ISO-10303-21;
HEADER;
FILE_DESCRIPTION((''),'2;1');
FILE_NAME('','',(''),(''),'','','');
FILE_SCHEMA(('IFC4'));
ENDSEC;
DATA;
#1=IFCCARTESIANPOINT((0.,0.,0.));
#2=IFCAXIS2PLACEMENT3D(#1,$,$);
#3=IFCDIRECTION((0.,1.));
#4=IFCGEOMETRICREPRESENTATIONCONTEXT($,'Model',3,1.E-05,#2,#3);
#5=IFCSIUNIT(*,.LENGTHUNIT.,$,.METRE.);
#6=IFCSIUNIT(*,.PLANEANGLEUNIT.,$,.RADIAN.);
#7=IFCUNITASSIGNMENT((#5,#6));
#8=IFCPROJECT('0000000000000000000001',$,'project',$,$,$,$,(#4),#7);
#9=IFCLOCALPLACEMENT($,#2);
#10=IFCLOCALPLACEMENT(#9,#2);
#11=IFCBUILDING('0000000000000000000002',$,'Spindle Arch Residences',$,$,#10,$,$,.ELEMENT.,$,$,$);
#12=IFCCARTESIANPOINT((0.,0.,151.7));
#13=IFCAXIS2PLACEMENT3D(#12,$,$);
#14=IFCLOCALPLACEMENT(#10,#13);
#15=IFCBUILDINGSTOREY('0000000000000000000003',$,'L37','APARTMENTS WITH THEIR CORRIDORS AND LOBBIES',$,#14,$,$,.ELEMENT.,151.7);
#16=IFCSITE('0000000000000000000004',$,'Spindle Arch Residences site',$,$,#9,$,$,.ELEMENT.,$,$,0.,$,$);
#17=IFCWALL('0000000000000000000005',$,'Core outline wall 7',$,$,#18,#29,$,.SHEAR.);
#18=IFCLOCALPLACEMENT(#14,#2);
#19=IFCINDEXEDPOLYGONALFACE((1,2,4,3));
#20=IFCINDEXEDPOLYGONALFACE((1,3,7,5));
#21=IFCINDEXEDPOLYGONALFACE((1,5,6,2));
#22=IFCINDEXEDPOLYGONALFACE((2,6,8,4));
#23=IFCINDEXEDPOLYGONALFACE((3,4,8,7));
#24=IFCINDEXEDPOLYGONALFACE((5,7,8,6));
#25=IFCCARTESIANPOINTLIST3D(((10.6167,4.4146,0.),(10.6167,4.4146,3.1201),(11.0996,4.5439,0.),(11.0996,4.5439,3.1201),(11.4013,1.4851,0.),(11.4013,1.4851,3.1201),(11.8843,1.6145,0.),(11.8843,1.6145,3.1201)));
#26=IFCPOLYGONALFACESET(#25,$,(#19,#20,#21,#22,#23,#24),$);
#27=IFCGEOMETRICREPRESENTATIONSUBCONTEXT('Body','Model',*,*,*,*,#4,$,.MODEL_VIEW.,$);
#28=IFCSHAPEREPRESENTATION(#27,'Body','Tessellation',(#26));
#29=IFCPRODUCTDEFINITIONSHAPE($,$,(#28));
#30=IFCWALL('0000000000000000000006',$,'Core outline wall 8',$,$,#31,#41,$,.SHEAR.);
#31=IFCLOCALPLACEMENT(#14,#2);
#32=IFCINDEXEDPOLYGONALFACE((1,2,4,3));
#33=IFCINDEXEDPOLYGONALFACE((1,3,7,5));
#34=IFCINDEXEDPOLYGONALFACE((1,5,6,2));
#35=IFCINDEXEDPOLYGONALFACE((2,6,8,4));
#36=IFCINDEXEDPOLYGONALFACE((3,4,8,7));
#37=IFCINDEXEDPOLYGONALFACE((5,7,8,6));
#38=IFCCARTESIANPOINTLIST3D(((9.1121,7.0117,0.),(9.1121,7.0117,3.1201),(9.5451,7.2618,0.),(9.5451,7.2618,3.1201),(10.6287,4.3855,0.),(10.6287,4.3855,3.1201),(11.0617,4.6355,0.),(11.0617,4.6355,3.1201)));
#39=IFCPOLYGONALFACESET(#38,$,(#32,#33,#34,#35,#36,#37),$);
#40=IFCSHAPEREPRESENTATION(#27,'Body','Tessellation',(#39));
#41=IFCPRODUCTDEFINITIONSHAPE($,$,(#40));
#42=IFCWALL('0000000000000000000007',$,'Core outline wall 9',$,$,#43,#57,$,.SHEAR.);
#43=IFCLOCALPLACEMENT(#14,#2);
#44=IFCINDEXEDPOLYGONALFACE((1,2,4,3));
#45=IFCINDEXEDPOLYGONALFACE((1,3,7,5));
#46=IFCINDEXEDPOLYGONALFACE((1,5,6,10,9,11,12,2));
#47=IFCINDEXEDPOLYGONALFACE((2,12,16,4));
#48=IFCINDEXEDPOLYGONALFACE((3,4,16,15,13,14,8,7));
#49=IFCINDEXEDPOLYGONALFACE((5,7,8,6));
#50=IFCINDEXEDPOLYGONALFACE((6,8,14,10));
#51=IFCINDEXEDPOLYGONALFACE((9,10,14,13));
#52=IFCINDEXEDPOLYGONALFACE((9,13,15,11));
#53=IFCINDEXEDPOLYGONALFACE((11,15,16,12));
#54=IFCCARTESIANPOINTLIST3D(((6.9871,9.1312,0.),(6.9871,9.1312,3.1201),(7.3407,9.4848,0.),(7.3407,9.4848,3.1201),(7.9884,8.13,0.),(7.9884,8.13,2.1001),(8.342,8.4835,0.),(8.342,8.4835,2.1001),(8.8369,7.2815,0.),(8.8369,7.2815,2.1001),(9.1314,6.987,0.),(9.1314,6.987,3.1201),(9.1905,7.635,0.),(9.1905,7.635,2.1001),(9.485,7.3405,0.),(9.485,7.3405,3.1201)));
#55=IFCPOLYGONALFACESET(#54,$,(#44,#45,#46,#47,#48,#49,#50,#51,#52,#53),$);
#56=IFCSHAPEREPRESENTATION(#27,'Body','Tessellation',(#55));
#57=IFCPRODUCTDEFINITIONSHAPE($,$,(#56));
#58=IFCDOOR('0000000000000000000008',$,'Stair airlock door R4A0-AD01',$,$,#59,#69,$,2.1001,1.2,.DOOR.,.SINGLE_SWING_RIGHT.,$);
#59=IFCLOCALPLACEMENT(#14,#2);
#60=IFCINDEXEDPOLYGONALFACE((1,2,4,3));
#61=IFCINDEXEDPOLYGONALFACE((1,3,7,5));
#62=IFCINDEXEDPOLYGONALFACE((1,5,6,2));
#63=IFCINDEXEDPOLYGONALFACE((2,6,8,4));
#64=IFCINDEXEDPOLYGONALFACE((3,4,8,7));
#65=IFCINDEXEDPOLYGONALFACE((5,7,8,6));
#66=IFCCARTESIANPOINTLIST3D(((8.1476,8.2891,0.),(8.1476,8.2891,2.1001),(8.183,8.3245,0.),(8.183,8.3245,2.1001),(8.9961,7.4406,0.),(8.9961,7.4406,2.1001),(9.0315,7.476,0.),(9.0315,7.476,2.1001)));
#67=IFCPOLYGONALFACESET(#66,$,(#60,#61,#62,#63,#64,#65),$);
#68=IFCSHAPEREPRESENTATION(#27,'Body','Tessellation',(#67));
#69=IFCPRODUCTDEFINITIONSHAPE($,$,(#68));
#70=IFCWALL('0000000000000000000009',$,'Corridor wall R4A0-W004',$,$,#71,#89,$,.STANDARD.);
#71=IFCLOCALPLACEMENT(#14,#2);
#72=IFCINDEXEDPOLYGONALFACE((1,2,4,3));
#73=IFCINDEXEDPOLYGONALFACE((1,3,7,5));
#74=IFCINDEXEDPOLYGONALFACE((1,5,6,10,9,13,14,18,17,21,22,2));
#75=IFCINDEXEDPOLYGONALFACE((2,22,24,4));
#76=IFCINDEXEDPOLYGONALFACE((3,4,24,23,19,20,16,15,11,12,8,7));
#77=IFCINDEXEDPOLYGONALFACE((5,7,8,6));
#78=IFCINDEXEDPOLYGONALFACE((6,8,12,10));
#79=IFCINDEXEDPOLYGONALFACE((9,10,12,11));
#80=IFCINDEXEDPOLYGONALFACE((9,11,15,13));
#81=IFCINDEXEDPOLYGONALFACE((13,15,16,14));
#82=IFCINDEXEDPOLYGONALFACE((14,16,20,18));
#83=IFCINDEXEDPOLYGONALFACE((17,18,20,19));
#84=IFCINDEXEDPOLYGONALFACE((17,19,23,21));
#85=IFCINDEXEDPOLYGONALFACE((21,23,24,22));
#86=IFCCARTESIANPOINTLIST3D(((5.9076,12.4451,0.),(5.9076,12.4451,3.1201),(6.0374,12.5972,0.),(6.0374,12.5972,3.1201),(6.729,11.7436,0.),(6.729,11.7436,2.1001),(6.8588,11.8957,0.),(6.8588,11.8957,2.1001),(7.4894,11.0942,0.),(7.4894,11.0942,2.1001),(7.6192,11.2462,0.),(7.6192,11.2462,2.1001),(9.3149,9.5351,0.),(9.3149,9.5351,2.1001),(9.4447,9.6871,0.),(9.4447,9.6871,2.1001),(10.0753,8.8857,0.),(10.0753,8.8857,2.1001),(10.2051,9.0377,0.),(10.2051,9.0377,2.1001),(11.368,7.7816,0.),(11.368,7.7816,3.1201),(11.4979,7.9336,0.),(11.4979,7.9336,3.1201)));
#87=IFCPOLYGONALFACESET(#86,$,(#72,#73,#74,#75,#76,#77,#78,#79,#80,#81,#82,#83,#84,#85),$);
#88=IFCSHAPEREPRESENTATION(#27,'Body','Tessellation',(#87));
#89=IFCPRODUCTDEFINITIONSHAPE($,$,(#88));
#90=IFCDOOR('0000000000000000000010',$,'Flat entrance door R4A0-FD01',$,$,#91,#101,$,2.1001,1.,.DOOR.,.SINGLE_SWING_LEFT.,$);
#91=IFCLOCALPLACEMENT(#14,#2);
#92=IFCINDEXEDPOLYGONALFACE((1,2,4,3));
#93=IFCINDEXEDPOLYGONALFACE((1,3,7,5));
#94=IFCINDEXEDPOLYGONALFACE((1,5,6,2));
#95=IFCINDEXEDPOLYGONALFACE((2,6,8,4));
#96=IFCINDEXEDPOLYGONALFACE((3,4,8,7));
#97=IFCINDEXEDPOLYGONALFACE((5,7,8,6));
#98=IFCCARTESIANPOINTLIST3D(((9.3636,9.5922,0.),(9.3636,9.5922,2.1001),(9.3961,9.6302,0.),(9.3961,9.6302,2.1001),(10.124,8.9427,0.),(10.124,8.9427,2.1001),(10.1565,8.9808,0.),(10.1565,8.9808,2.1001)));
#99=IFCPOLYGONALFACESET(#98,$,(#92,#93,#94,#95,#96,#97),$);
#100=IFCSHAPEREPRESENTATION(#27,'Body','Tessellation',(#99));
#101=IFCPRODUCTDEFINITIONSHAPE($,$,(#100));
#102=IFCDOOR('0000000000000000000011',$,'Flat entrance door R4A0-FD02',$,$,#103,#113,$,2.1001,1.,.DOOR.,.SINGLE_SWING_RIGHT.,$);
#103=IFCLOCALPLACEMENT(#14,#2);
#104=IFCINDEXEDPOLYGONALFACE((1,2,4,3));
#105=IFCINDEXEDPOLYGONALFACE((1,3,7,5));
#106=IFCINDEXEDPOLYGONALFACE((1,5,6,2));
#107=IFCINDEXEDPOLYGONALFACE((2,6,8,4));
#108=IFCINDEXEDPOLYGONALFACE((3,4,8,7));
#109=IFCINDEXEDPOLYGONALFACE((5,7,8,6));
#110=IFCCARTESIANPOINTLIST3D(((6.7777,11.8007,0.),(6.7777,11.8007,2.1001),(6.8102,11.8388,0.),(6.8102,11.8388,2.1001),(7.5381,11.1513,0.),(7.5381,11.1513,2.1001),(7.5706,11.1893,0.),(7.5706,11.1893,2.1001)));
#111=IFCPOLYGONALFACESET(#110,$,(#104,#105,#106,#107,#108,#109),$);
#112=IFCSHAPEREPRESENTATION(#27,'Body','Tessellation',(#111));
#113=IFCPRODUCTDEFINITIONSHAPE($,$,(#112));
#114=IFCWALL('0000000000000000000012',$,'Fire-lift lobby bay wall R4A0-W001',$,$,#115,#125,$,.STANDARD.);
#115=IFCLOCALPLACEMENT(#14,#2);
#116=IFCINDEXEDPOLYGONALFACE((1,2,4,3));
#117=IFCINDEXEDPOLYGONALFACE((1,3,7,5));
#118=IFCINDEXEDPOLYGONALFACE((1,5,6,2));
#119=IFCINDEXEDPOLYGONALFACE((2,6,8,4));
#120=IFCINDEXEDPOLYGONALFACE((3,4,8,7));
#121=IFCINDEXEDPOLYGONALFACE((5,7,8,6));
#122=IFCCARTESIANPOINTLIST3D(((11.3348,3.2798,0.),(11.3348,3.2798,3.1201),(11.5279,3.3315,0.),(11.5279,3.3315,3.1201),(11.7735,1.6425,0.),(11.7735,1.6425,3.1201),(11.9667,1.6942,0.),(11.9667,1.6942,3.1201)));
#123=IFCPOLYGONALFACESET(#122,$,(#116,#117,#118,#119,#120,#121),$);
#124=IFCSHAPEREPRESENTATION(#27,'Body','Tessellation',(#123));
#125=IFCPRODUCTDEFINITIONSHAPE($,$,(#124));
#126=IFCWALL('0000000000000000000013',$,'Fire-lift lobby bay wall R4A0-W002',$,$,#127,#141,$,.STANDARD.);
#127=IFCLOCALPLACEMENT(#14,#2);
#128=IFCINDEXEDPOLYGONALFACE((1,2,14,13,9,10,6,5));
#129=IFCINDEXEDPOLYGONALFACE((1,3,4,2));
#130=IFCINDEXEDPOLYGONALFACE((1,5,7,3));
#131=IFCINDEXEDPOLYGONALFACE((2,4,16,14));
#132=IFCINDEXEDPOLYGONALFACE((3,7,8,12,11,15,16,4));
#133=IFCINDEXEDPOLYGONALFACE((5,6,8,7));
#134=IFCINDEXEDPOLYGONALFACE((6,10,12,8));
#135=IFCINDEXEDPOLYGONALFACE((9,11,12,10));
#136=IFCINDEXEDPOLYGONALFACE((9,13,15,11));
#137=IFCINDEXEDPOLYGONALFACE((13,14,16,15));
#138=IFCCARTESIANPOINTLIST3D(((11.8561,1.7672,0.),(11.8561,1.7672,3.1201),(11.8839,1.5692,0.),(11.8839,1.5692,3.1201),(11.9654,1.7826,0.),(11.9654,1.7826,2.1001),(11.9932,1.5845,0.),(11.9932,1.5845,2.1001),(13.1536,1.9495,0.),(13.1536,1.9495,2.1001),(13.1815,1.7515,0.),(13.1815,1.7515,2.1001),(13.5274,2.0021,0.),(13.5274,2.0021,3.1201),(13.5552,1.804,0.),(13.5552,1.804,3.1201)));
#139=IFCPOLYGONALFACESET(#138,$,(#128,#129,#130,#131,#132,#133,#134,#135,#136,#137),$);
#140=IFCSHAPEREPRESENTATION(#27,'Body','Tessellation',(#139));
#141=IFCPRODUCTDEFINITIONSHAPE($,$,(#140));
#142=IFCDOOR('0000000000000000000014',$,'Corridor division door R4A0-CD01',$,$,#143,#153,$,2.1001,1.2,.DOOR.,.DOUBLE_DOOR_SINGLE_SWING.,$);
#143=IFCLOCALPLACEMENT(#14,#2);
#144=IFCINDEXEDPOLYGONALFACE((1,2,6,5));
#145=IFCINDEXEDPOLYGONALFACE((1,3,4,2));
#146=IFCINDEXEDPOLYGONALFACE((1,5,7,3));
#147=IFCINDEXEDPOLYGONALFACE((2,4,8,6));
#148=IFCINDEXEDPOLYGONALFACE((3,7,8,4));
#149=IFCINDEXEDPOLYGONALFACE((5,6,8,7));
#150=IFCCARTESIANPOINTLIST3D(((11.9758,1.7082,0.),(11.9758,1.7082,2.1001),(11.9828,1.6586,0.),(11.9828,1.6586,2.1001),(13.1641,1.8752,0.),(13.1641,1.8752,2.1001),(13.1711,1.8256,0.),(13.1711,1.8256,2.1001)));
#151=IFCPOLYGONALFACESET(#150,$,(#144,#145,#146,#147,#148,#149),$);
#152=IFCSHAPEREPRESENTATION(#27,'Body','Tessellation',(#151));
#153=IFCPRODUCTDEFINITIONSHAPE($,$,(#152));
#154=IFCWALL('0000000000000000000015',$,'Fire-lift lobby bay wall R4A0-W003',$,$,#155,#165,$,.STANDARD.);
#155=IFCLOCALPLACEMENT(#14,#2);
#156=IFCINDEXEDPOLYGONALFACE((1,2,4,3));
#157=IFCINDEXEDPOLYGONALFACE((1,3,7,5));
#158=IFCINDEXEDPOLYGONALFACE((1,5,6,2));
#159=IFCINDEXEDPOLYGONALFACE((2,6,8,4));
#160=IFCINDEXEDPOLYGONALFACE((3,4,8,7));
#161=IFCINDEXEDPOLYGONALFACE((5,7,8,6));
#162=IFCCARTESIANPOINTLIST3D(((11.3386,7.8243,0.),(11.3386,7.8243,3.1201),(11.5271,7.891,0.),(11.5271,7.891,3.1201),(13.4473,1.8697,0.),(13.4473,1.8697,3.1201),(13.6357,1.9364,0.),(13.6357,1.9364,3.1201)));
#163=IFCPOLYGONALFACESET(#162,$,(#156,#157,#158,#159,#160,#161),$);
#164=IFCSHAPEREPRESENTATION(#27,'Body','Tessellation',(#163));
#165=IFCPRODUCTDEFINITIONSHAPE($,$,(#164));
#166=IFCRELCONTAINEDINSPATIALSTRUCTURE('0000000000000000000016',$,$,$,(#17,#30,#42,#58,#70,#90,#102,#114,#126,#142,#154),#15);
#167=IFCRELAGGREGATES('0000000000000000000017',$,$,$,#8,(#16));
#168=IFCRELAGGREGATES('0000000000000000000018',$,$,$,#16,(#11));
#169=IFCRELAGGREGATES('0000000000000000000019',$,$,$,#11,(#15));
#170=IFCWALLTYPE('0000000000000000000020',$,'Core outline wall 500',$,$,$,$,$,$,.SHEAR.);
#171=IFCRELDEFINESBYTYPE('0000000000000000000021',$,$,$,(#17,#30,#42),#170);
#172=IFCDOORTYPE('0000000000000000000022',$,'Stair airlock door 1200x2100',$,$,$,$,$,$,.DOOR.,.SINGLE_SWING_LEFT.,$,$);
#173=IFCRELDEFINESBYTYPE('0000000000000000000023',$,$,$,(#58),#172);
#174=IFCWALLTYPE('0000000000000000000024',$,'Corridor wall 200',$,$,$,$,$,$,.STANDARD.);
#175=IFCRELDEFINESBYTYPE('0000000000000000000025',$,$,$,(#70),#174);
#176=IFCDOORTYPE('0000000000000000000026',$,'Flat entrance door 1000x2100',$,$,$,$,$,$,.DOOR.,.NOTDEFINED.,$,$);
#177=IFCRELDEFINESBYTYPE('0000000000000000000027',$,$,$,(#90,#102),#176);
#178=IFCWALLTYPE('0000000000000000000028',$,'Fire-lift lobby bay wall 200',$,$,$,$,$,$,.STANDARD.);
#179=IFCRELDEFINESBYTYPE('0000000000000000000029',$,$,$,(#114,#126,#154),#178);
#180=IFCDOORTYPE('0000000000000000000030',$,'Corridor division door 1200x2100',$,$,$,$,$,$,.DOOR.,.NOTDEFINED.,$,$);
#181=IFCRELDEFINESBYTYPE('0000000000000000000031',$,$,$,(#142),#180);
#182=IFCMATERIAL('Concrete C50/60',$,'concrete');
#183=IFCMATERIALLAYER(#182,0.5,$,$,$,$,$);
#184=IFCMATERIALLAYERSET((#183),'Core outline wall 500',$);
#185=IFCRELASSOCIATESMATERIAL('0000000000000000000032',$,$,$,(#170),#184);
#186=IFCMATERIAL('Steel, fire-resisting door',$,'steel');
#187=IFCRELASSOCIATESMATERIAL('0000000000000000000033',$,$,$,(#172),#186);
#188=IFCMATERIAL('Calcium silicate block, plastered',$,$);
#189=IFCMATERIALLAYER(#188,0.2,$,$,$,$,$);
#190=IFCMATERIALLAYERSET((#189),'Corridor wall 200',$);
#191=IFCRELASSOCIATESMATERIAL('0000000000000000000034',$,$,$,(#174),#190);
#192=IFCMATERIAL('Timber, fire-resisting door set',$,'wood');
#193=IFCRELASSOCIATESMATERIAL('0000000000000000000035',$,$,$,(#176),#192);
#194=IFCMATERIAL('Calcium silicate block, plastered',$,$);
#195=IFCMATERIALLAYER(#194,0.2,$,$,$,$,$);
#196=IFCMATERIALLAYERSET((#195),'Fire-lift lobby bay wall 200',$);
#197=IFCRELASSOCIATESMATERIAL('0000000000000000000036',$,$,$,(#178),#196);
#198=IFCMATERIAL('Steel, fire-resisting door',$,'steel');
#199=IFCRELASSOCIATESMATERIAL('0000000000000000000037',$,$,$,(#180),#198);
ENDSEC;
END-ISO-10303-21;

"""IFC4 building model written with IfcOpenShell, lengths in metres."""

from ifc_helpers import new_model, si_unit, direction, frame, frame_2d, origin, place, context, subcontext, project, spatial, rectangle, extrude, material, layer, layer_set, type_object, element, fill, save


model = new_model("IFC4")

# Units and contexts
model_context = context("Model", 3, precision=1e-05, world=origin(), true_north=direction((0.0, 1.0)))
body_context = subcontext(model_context, "Body", "Model", "MODEL_VIEW")
ifc_project = project(units=[si_unit("LENGTHUNIT", "METRE"), si_unit("PLANEANGLEUNIT", "RADIAN")], contexts=[model_context])

# Site, building, storey
site_placement = place(None, origin())
site = spatial("IfcSite", under=ifc_project, at=site_placement, Name="Spindle Arch Residences site", CompositionType="ELEMENT", RefElevation=0.0)
building_placement = place(site_placement, origin())
building = spatial("IfcBuilding", under=site, at=building_placement, Name="Spindle Arch Residences", CompositionType="ELEMENT")
storey_placement = place(building_placement, frame((0.0, 0.0, 151.7)))
storey = spatial("IfcBuildingStorey", under=building, at=storey_placement, Name="L37", Description="APARTMENTS WITH THEIR CORRIDORS AND LOBBIES", CompositionType="ELEMENT", Elevation=151.7)

# Walls
ifc_material_1 = material(Name="Concrete C50/60", Category="concrete")
ifc_layer_1 = layer(ifc_material_1, 0.5)
ifc_layer_set_1 = layer_set([ifc_layer_1], Name="Core outline wall 500")
wall_type_1 = type_object("IfcWallType", Name="Core outline wall 500", PredefinedType="SHEAR", material=ifc_layer_set_1)
for number, where, z_axis, x_axis, name in (
    (1, (11.6428, 1.5498, 0.0), (0.0, 0.0, 1.0), (-0.258735, 0.965948, 0.0), "Core outline wall 7"),
    (2, (10.8452, 4.5105, 0.0), (0.0, 0.0, 1.0), (-0.500087, 0.865975, 0.0), "Core outline wall 8"),
):
    element("IfcWall", number, at=place(storey_placement, frame(where, z_axis=z_axis, x_axis=x_axis)), inside=storey, type_object=wall_type_1, Name=name, PredefinedType="SHEAR", context=body_context, shape_type="SweptSolid", body=[
        extrude(rectangle(XDim=3.0327, YDim=0.5, at=frame_2d((1.5164, 0.0))), origin(), (0.0, 0.0, 1.0), 3.1201),
    ])

# Wall, opening, door
wall_1_placement = place(storey_placement, frame((9.3081, 7.1638, 0.0), z_axis=(0.0, 0.0, 1.0), x_axis=(-0.707107, 0.707107, 0.0)))
wall_1 = element("IfcWall", 3, at=wall_1_placement, inside=storey, type_object=wall_type_1, Name="Core outline wall 9", PredefinedType="SHEAR", context=body_context, shape_type="SweptSolid", body=[
    extrude(rectangle(XDim=3.0325, YDim=0.5, at=frame_2d((1.5161, 0.0))), origin(), (0.0, 0.0, 1.0), 3.1201),
])
opening_1_placement = place(wall_1_placement, frame((0.4163, 0.0, 0.0)))
opening_1 = element("IfcOpeningElement", 4, at=opening_1_placement, cuts=wall_1, PredefinedType="OPENING", context=body_context, shape_type="SweptSolid", body=[
    extrude(rectangle(XDim=1.2, YDim=2.1001, at=frame_2d((0.6001, 1.05))), frame((0.0, 0.26, 0.0), z_axis=(0.0, -1.0, 0.0), x_axis=(1.0, 0.0, 0.0)), (0.0, 0.0, 1.0), 0.52),
])
ifc_material_2 = material(Name="Steel, fire-resisting door", Category="steel")
door_type_1 = type_object("IfcDoorType", Name="Stair airlock door 1200x2100", OperationType="SINGLE_SWING_LEFT", PredefinedType="DOOR", material=ifc_material_2)
door_1_placement = place(opening_1_placement, origin())
door_1 = element("IfcDoor", 5, at=door_1_placement, inside=storey, type_object=door_type_1, Name="Stair airlock door R4A0-AD01", OperationType="SINGLE_SWING_RIGHT", OverallHeight=2.1001, OverallWidth=1.2, PredefinedType="DOOR", context=body_context, shape_type="SweptSolid", body=[
    extrude(rectangle(XDim=1.2, YDim=2.1001, at=frame_2d((0.6001, 1.05))), frame((0.0, 0.0249, 0.0), z_axis=(0.0, -1.0, 0.0), x_axis=(1.0, 0.0, 0.0)), (0.0, 0.0, 1.0), 0.05),
])
fill(opening_1, door_1)

# Wall, openings, doors
ifc_material_3 = material(Name="Calcium silicate block, plastered")
ifc_layer_2 = layer(ifc_material_3, 0.2)
ifc_layer_set_2 = layer_set([ifc_layer_2], Name="Corridor wall 200")
wall_type_2 = type_object("IfcWallType", Name="Corridor wall 200", PredefinedType="STANDARD", material=ifc_layer_set_2)
wall_2_placement = place(storey_placement, frame((11.4329, 7.8577, 0.0), z_axis=(0.0, 0.0, 1.0), x_axis=(-0.760412, 0.649441, 0.0)))
wall_2 = element("IfcWall", 6, at=wall_2_placement, inside=storey, type_object=wall_type_2, Name="Corridor wall R4A0-W004", PredefinedType="STANDARD", context=body_context, shape_type="SweptSolid", body=[
    extrude(rectangle(XDim=7.1809, YDim=0.2, at=frame_2d((3.5903, 0.0))), origin(), (0.0, 0.0, 1.0), 3.1201),
])
opening_2_placement = place(wall_2_placement, frame((1.7, 0.0, 0.0)))
opening_2 = element("IfcOpeningElement", 7, at=opening_2_placement, cuts=wall_2, PredefinedType="OPENING", context=body_context, shape_type="SweptSolid", body=[
    extrude(rectangle(XDim=1.0, YDim=2.1001, at=frame_2d((0.5, 1.05))), frame((0.0, 0.1099, 0.0), z_axis=(0.0, -1.0, 0.0), x_axis=(1.0, 0.0, 0.0)), (0.0, 0.0, 1.0), 0.22),
])
opening_3_placement = place(wall_2_placement, frame((5.1006, 0.0, 0.0)))
opening_3 = element("IfcOpeningElement", 8, at=opening_3_placement, cuts=wall_2, PredefinedType="OPENING", context=body_context, shape_type="SweptSolid", body=[
    extrude(rectangle(XDim=1.0, YDim=2.1001, at=frame_2d((0.5, 1.05))), frame((0.0, 0.1099, 0.0), z_axis=(0.0, -1.0, 0.0), x_axis=(1.0, 0.0, 0.0)), (0.0, 0.0, 1.0), 0.22),
])
ifc_material_4 = material(Name="Timber, fire-resisting door set", Category="wood")
door_type_2 = type_object("IfcDoorType", Name="Flat entrance door 1000x2100", OperationType="NOTDEFINED", PredefinedType="DOOR", material=ifc_material_4)
door_2_placement = place(opening_2_placement, origin())
door_2 = element("IfcDoor", 9, at=door_2_placement, inside=storey, type_object=door_type_2, Name="Flat entrance door R4A0-FD01", OperationType="SINGLE_SWING_LEFT", OverallHeight=2.1001, OverallWidth=1.0, PredefinedType="DOOR", context=body_context, shape_type="SweptSolid", body=[
    extrude(rectangle(XDim=1.0, YDim=2.1001, at=frame_2d((0.5, 1.05))), frame((0.0, 0.0249, 0.0), z_axis=(0.0, -1.0, 0.0), x_axis=(1.0, 0.0, 0.0)), (0.0, 0.0, 1.0), 0.05),
])
fill(opening_2, door_2)
door_3_placement = place(opening_3_placement, origin())
door_3 = element("IfcDoor", 10, at=door_3_placement, inside=storey, type_object=door_type_2, Name="Flat entrance door R4A0-FD02", OperationType="SINGLE_SWING_RIGHT", OverallHeight=2.1001, OverallWidth=1.0, PredefinedType="DOOR", context=body_context, shape_type="SweptSolid", body=[
    extrude(rectangle(XDim=1.0, YDim=2.1001, at=frame_2d((0.5, 1.05))), frame((0.0, 0.0249, 0.0), z_axis=(0.0, -1.0, 0.0), x_axis=(1.0, 0.0, 0.0)), (0.0, 0.0, 1.0), 0.05),
])
fill(opening_3, door_3)

# Wall
ifc_material_5 = material(Name="Calcium silicate block, plastered")
ifc_layer_3 = layer(ifc_material_5, 0.2)
ifc_layer_set_3 = layer_set([ifc_layer_3], Name="Fire-lift lobby bay wall 200")
wall_type_3 = type_object("IfcWallType", Name="Fire-lift lobby bay wall 200", PredefinedType="STANDARD", material=ifc_layer_set_3)
wall_3_placement = place(storey_placement, frame((11.8701, 1.6682, 0.0), z_axis=(0.0, 0.0, 1.0), x_axis=(-0.258837, 0.965921, 0.0)))
element("IfcWall", 11, at=wall_3_placement, inside=storey, type_object=wall_type_3, Name="Fire-lift lobby bay wall R4A0-W001", PredefinedType="STANDARD", context=body_context, shape_type="SweptSolid", body=[
    extrude(rectangle(XDim=1.6951, YDim=0.2, at=frame_2d((0.8477, 0.0))), origin(), (0.0, 0.0, 1.0), 3.1201),
])

# Wall, opening, door
wall_4_placement = place(storey_placement, frame((11.8701, 1.6682, 0.0), z_axis=(0.0, 0.0, 1.0), x_axis=(0.990271, 0.139153, 0.0)))
wall_4 = element("IfcWall", 12, at=wall_4_placement, inside=storey, type_object=wall_type_3, Name="Fire-lift lobby bay wall R4A0-W002", PredefinedType="STANDARD", context=body_context, shape_type="SweptSolid", body=[
    extrude(rectangle(XDim=1.6877, YDim=0.2, at=frame_2d((0.8438, 0.0))), origin(), (0.0, 0.0, 1.0), 3.1201),
])
opening_4_placement = place(wall_4_placement, frame((0.1101, 0.0, 0.0)))
opening_4 = element("IfcOpeningElement", 13, at=opening_4_placement, cuts=wall_4, PredefinedType="OPENING", context=body_context, shape_type="SweptSolid", body=[
    extrude(rectangle(XDim=1.2, YDim=2.1001, at=frame_2d((0.6001, 1.05))), frame((0.0, 0.1099, 0.0), z_axis=(0.0, -1.0, 0.0), x_axis=(1.0, 0.0, 0.0)), (0.0, 0.0, 1.0), 0.22),
])
ifc_material_6 = material(Name="Steel, fire-resisting door", Category="steel")
door_type_3 = type_object("IfcDoorType", Name="Corridor division door 1200x2100", OperationType="NOTDEFINED", PredefinedType="DOOR", material=ifc_material_6)
door_4_placement = place(opening_4_placement, origin())
door_4 = element("IfcDoor", 14, at=door_4_placement, inside=storey, type_object=door_type_3, Name="Corridor division door R4A0-CD01", OperationType="DOUBLE_DOOR_SINGLE_SWING", OverallHeight=2.1001, OverallWidth=1.2, PredefinedType="DOOR", context=body_context, shape_type="SweptSolid", body=[
    extrude(rectangle(XDim=1.2, YDim=2.1001, at=frame_2d((0.6001, 1.05))), frame((0.0, 0.0249, 0.0), z_axis=(0.0, -1.0, 0.0), x_axis=(1.0, 0.0, 0.0)), (0.0, 0.0, 1.0), 0.05),
])
fill(opening_4, door_4)

# Wall
wall_5_placement = place(storey_placement, frame((13.5415, 1.9031, 0.0), z_axis=(0.0, 0.0, 1.0), x_axis=(-0.333809, 0.942641, 0.0)))
element("IfcWall", 15, at=wall_5_placement, inside=storey, type_object=wall_type_3, Name="Fire-lift lobby bay wall R4A0-W003", PredefinedType="STANDARD", context=body_context, shape_type="SweptSolid", body=[
    extrude(rectangle(XDim=6.3169, YDim=0.2, at=frame_2d((3.1584, 0.0))), origin(), (0.0, 0.0, 1.0), 3.1201),
])

save(model, "model.ifc")
